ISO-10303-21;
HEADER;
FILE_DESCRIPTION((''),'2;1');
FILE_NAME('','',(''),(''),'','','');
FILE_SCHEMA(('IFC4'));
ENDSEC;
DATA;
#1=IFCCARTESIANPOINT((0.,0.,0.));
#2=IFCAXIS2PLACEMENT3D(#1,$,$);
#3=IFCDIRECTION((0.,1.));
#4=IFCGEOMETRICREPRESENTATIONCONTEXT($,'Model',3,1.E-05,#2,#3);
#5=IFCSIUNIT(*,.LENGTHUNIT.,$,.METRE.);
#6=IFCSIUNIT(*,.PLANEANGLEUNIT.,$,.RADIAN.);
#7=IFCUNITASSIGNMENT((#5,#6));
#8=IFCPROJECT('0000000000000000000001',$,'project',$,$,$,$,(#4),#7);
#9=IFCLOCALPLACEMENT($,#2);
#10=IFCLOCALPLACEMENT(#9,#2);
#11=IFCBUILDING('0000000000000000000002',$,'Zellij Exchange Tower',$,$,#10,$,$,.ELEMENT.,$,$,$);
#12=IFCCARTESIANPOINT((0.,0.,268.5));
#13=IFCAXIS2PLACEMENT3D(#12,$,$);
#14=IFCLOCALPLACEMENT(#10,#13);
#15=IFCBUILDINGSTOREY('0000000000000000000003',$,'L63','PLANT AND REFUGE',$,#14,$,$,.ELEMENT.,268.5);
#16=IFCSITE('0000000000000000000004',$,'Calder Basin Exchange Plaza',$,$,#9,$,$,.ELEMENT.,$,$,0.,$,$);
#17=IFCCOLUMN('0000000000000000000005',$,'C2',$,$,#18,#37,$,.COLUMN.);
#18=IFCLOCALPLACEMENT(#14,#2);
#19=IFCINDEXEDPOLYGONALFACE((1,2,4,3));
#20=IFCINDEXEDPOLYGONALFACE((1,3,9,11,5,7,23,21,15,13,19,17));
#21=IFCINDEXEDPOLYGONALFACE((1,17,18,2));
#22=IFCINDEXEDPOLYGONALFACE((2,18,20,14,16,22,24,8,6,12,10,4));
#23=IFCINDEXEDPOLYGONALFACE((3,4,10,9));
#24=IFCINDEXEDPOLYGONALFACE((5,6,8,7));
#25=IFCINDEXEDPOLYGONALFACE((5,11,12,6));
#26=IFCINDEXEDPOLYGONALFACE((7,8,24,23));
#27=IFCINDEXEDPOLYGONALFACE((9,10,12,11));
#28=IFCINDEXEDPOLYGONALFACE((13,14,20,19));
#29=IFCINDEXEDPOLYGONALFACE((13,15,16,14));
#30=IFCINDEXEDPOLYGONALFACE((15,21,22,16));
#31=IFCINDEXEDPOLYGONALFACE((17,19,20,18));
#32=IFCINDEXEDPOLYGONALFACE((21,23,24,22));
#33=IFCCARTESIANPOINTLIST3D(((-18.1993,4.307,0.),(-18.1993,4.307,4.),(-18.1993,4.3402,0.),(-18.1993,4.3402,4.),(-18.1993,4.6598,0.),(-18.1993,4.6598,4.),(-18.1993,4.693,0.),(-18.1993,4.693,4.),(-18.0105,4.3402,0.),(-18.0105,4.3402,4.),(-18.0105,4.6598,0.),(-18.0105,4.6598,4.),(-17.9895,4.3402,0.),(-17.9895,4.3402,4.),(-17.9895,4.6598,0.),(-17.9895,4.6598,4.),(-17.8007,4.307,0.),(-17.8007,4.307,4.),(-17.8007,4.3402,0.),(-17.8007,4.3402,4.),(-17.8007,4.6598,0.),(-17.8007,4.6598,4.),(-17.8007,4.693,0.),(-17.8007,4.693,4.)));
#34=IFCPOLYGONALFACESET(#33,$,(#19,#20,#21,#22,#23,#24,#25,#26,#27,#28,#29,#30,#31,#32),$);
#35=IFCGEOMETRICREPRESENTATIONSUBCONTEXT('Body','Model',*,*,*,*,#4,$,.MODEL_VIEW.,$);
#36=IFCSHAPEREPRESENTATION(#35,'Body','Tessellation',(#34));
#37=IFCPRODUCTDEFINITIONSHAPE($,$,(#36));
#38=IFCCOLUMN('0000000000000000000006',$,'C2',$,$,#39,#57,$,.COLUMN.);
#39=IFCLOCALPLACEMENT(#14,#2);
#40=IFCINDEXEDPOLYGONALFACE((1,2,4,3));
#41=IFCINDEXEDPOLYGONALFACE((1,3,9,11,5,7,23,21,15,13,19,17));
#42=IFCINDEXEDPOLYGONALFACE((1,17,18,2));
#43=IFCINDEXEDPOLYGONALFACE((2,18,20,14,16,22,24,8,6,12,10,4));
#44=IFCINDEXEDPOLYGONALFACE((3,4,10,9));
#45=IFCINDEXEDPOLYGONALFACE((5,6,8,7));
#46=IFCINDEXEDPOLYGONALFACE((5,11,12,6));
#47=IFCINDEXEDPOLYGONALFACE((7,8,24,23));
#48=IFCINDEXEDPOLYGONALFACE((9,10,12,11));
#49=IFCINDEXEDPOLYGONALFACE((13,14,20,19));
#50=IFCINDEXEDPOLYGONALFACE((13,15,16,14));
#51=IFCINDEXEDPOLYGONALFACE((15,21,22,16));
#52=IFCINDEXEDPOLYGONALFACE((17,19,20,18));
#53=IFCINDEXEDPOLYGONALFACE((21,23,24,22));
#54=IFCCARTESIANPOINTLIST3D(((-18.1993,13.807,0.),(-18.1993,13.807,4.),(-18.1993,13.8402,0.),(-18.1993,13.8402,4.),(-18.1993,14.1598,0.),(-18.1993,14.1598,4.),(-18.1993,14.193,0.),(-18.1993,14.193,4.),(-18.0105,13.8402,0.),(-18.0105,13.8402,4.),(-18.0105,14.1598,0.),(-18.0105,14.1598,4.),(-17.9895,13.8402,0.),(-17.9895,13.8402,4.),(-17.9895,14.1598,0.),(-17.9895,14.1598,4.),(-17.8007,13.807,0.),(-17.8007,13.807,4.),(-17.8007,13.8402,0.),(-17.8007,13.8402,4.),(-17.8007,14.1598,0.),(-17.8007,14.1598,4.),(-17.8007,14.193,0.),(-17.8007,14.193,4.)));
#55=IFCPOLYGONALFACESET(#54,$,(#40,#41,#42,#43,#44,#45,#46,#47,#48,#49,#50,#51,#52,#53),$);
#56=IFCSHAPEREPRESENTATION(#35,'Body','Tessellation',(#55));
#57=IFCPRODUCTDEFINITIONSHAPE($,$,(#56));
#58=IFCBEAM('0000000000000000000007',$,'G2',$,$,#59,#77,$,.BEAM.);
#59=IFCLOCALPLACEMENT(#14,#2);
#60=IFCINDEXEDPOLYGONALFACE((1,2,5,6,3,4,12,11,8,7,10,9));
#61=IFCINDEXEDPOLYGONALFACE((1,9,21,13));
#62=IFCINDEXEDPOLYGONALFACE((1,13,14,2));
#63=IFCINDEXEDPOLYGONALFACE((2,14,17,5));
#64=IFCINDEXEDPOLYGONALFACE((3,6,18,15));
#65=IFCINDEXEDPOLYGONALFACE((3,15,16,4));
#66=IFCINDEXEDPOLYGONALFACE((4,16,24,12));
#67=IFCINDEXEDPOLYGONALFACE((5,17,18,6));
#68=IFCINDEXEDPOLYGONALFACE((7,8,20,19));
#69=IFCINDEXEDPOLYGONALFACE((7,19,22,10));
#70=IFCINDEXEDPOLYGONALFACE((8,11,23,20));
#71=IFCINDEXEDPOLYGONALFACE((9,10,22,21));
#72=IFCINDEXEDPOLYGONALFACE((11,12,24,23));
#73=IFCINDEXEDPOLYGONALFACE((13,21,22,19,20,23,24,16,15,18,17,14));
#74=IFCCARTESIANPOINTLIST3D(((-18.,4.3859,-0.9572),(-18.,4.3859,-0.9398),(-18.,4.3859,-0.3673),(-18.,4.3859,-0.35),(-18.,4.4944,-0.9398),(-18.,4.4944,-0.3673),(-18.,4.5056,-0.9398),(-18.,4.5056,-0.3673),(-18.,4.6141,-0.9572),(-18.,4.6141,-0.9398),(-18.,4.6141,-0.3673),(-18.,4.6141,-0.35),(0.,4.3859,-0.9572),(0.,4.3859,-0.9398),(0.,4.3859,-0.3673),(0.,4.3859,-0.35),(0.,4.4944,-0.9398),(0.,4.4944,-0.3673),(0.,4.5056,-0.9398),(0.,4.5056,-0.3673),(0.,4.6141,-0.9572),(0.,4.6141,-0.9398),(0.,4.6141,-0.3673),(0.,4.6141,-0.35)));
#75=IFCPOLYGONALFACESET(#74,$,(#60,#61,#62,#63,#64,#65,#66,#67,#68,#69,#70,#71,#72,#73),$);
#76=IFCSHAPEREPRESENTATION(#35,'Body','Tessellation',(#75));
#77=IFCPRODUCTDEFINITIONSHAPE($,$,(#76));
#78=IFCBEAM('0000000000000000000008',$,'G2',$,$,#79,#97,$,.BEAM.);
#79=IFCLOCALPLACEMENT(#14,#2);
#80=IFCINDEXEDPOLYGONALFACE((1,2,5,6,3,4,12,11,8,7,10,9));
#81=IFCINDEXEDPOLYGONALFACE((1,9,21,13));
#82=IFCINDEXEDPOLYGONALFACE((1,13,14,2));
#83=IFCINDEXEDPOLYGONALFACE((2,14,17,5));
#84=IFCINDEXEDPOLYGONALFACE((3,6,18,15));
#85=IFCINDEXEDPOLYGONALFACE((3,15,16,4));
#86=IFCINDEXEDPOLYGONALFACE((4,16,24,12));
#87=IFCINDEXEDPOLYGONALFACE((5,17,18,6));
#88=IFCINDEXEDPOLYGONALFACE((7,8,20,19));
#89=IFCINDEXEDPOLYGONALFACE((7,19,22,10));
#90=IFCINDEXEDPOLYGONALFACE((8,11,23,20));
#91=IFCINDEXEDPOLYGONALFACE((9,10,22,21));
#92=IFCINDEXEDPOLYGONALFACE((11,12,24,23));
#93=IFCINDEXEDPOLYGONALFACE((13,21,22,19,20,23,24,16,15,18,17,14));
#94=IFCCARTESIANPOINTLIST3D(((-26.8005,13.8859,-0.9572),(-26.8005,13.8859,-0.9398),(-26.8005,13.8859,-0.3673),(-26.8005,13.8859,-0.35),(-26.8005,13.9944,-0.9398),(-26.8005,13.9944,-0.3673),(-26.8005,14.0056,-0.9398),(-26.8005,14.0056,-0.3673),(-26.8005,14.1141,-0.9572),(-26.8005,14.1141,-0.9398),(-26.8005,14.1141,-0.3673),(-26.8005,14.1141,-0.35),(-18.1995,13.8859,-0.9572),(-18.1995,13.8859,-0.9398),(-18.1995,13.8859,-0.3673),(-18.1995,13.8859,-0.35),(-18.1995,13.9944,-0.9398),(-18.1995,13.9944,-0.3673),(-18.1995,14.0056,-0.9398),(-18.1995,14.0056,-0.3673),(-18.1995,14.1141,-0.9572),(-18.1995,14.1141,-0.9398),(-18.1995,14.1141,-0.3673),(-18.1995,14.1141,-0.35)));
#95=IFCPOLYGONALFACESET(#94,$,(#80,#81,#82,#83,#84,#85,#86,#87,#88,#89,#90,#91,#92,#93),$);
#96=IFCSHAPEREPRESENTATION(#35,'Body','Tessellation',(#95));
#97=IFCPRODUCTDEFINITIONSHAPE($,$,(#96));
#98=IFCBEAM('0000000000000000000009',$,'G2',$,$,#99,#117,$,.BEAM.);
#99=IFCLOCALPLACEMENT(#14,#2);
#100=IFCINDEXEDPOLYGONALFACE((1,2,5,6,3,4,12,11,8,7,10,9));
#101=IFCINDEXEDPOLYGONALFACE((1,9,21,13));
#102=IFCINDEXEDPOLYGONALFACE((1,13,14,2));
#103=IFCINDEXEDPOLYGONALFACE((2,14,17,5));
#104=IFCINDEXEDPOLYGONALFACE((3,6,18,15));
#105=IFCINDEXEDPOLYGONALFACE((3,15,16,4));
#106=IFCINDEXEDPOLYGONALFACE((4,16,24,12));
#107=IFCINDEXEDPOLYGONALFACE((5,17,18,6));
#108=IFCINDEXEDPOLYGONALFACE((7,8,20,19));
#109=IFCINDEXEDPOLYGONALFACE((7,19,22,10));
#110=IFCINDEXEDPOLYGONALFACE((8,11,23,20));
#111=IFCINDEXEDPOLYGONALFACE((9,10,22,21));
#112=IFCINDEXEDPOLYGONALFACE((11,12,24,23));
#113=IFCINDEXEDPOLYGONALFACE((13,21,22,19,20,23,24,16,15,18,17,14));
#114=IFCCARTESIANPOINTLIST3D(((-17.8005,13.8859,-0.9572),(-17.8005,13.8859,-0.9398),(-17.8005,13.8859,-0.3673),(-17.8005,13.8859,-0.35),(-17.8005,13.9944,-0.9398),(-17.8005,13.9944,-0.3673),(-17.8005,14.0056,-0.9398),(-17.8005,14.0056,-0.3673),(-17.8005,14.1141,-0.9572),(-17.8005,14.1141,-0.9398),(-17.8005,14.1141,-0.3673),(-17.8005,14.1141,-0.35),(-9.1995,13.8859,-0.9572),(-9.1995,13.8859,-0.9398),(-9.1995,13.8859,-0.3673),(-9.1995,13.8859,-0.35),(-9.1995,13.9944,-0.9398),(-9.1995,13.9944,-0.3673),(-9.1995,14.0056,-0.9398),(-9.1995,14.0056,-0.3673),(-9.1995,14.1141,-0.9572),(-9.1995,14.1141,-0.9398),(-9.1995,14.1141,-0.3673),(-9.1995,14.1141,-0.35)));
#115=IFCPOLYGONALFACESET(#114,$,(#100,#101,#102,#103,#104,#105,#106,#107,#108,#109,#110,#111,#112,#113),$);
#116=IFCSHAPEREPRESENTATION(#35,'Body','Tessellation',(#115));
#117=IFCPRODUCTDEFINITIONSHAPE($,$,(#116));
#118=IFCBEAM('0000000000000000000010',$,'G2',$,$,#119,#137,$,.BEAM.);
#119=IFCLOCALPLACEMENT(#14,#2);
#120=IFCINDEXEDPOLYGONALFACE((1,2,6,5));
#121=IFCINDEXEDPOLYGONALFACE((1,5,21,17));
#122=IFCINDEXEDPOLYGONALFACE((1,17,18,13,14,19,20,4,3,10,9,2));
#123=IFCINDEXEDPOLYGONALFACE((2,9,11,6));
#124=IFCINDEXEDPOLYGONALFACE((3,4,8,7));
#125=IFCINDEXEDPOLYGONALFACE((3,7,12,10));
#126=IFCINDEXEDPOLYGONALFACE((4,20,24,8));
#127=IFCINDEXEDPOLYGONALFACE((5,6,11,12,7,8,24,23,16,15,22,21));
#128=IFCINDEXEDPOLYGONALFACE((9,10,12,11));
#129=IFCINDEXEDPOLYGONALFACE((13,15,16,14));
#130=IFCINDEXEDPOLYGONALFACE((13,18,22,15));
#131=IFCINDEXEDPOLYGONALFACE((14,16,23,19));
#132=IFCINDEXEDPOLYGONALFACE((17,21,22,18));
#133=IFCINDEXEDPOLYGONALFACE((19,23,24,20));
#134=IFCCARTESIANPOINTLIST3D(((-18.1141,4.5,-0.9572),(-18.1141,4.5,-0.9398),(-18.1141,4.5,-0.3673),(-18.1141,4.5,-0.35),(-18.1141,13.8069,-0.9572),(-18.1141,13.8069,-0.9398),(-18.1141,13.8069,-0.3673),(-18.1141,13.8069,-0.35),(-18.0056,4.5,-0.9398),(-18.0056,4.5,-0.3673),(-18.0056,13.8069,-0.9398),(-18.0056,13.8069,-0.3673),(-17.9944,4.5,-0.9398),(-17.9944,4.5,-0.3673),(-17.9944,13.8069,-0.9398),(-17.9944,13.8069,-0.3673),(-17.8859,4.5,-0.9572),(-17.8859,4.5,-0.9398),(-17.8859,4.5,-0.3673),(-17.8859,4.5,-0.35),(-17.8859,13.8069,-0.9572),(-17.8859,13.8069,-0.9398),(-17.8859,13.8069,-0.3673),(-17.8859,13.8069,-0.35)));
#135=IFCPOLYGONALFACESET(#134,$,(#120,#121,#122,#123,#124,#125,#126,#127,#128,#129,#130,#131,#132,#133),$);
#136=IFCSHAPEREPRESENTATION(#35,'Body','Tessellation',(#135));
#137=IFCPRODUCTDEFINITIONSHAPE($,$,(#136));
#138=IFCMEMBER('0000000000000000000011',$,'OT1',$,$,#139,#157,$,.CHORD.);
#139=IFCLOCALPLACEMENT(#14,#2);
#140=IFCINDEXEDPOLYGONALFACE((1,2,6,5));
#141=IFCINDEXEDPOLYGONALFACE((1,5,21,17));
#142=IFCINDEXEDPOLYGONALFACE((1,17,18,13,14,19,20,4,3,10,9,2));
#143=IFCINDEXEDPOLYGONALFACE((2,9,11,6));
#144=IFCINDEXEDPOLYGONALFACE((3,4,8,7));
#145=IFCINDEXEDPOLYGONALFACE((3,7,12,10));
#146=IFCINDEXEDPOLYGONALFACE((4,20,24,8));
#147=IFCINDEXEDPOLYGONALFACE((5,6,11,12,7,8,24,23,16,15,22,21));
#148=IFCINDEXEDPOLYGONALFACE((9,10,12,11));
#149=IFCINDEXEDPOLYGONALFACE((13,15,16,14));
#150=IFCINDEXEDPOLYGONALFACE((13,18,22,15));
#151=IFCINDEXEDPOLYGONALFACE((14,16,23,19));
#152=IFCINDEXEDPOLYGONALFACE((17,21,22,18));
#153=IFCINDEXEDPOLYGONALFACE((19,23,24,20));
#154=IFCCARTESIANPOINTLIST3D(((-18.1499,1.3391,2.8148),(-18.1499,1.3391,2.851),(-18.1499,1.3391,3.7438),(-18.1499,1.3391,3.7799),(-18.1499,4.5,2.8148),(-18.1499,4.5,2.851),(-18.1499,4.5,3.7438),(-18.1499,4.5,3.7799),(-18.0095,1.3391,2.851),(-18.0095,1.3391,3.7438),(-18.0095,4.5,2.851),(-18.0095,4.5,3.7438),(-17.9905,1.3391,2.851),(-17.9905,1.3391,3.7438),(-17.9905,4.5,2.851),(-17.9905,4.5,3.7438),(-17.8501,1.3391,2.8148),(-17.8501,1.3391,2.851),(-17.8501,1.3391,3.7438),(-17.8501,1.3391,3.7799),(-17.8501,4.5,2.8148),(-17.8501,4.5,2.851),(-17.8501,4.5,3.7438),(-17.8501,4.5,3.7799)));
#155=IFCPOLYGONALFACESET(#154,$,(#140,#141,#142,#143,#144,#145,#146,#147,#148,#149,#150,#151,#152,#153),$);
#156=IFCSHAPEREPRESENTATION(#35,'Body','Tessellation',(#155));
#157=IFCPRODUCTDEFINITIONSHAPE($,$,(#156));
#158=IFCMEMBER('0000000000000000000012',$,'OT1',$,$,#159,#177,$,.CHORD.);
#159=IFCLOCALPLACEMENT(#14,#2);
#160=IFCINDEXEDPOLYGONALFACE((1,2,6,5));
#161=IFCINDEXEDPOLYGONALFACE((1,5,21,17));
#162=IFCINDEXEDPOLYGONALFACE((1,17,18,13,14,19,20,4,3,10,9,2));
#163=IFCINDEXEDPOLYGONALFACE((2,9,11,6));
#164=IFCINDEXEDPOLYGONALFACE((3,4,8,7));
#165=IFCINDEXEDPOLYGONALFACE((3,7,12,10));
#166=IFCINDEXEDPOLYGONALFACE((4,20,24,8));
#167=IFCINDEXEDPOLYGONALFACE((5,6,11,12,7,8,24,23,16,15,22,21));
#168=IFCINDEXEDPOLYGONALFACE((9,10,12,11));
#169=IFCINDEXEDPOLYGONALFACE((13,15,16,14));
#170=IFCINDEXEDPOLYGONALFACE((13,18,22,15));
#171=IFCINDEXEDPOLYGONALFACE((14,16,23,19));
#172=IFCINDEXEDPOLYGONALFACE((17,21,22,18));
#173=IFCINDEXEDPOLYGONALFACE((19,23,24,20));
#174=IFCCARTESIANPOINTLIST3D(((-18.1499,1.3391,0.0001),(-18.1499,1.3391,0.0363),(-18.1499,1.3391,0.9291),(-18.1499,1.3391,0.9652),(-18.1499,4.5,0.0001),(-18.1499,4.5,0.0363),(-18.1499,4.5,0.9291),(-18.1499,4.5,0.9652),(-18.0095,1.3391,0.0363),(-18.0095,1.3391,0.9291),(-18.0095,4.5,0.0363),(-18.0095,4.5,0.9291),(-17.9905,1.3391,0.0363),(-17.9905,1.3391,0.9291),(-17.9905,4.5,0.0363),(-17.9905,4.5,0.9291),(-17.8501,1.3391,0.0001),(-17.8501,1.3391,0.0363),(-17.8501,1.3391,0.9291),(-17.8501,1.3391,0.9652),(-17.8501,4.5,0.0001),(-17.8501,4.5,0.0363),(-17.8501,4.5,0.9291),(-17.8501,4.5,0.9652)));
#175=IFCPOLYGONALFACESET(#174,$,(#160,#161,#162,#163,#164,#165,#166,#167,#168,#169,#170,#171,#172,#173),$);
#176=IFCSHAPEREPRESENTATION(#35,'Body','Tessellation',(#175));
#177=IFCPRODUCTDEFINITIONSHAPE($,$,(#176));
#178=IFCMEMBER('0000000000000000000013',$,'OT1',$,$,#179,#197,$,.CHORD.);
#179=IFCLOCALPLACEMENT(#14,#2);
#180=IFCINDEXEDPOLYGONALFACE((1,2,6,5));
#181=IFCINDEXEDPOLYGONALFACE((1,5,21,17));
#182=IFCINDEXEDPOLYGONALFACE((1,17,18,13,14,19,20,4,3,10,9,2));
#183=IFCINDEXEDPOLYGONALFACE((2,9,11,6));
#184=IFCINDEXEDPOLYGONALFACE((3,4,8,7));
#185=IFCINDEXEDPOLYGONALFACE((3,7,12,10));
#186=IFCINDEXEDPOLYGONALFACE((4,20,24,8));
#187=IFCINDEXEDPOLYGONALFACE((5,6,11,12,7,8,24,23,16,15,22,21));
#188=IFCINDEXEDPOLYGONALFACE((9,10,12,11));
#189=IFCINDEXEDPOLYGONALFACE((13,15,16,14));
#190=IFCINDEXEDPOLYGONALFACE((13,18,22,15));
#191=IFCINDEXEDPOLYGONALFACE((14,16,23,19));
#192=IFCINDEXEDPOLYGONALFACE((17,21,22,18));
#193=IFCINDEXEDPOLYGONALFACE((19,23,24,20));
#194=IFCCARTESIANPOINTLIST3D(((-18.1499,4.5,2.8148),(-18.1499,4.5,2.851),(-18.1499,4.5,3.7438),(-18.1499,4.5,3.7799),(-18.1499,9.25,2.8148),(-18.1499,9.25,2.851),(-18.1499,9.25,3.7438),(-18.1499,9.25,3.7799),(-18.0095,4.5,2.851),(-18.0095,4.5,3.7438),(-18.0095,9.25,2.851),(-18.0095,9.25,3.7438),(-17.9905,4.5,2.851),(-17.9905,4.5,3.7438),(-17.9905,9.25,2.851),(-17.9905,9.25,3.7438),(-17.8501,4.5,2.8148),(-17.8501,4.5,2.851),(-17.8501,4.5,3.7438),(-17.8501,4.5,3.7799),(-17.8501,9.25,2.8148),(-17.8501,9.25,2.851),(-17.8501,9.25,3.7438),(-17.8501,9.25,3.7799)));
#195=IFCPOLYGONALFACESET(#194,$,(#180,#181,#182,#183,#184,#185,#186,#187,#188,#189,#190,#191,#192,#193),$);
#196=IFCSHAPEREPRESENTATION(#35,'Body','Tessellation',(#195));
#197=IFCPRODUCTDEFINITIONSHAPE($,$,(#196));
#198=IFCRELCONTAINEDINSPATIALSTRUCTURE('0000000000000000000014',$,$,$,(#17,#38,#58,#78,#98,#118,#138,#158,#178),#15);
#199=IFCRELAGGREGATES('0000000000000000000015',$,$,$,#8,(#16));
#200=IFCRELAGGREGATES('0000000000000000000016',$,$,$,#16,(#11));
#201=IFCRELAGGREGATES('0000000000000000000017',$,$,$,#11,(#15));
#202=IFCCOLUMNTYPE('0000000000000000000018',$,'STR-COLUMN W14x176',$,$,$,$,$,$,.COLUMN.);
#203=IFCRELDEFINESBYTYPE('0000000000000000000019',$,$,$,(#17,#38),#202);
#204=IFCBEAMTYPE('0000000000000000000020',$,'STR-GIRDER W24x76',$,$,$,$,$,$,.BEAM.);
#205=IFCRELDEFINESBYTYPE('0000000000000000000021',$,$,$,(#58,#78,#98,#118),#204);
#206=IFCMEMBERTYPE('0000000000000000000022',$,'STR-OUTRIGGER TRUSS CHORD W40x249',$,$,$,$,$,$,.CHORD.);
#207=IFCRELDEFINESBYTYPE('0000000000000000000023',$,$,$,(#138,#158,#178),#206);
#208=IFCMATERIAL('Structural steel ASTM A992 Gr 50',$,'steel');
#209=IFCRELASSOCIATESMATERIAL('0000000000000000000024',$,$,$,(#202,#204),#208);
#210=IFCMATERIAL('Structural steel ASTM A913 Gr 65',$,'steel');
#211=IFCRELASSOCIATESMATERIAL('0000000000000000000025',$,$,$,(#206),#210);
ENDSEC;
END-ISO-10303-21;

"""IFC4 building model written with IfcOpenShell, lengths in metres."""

from ifc_helpers import new_model, si_unit, direction, frame, origin, origin_2d, place, context, subcontext, project, spatial, i_section, extrude, material, material_profile, profile_set, type_object, element, save


model = new_model("IFC4")

# Units and contexts
model_context = context("Model", 3, precision=1e-05, world=origin(), true_north=direction((0.0, 1.0)))
body_context = subcontext(model_context, "Body", "Model", "MODEL_VIEW")
ifc_project = project(units=[si_unit("LENGTHUNIT", "METRE"), si_unit("PLANEANGLEUNIT", "RADIAN")], contexts=[model_context])

# Site, building, storey
site_placement = place(None, origin())
site = spatial("IfcSite", under=ifc_project, at=site_placement, Name="Calder Basin Exchange Plaza", CompositionType="ELEMENT", RefElevation=0.0)
building_placement = place(site_placement, origin())
building = spatial("IfcBuilding", under=site, at=building_placement, Name="Zellij Exchange Tower", CompositionType="ELEMENT")
storey_placement = place(building_placement, frame((0.0, 0.0, 268.5)))
storey = spatial("IfcBuildingStorey", under=building, at=storey_placement, Name="L63", Description="PLANT AND REFUGE", CompositionType="ELEMENT", Elevation=268.5)

# Columns
ifc_material_1 = material(Name="Structural steel ASTM A992 Gr 50", Category="steel")
ifc_material_profile_1 = material_profile(ifc_material_1, i_section(OverallWidth=0.3987, OverallDepth=0.386, WebThickness=0.021, FlangeThickness=0.0332, at=origin_2d()), Name="W14x176")
ifc_profile_set_1 = profile_set([ifc_material_profile_1], Name="Structural steel ASTM A992 Gr 50")
column_type = type_object("IfcColumnType", Name="STR-COLUMN W14x176", PredefinedType="COLUMN", material=ifc_profile_set_1)
for number, where, z_axis, x_axis, name in (
    (1, (-18.0, 4.5, 0.0), (0.0, 0.0, 1.0), (1.0, 0.0, 0.0), "C2"),
    (2, (-18.0, 14.0, 0.0), (0.0, 0.0, 1.0), (1.0, 0.0, 0.0), "C2"),
):
    element("IfcColumn", number, at=place(storey_placement, frame(where, z_axis=z_axis, x_axis=x_axis)), inside=storey, type_object=column_type, Name=name, PredefinedType="COLUMN", context=body_context, shape_type="SweptSolid", body=[
        extrude(i_section(OverallWidth=0.3987, OverallDepth=0.386, WebThickness=0.021, FlangeThickness=0.0332, at=origin_2d()), origin(), (0.0, 0.0, 1.0), 4.0),
    ])

# Beams
ifc_material_profile_2 = material_profile(ifc_material_1, i_section(OverallWidth=0.2283, OverallDepth=0.6072, WebThickness=0.0112, FlangeThickness=0.0173, at=origin_2d()), Name="W24x76")
ifc_profile_set_2 = profile_set([ifc_material_profile_2], Name="Structural steel ASTM A992 Gr 50")
beam_type = type_object("IfcBeamType", Name="STR-GIRDER W24x76", PredefinedType="BEAM", material=ifc_profile_set_2)
beam_1_placement = place(storey_placement, frame((-18.0, 4.5, -0.6536), z_axis=(1.0, 0.0, 0.0), x_axis=(0.0, 1.0, 0.0)))
element("IfcBeam", 3, at=beam_1_placement, inside=storey, type_object=beam_type, Name="G2", PredefinedType="BEAM", context=body_context, shape_type="SweptSolid", body=[
    extrude(i_section(OverallWidth=0.2283, OverallDepth=0.6072, WebThickness=0.0112, FlangeThickness=0.0173, at=origin_2d()), origin(), (0.0, 0.0, 1.0), 18.0),
])
for number, where, z_axis, x_axis, name in (
    (4, (-26.8005, 14.0, -0.6536), (1.0, 0.0, 0.0), (0.0, 1.0, 0.0), "G2"),
    (5, (-17.8005, 14.0, -0.6536), (1.0, 0.0, 0.0), (0.0, 1.0, 0.0), "G2"),
):
    element("IfcBeam", number, at=place(storey_placement, frame(where, z_axis=z_axis, x_axis=x_axis)), inside=storey, type_object=beam_type, Name=name, PredefinedType="BEAM", context=body_context, shape_type="SweptSolid", body=[
        extrude(i_section(OverallWidth=0.2283, OverallDepth=0.6072, WebThickness=0.0112, FlangeThickness=0.0173, at=origin_2d()), origin(), (0.0, 0.0, 1.0), 8.6011),
    ])
beam_2_placement = place(storey_placement, frame((-18.0, 4.5, -0.6536), z_axis=(0.0, 1.0, 0.0), x_axis=(-1.0, 0.0, 0.0)))
element("IfcBeam", 6, at=beam_2_placement, inside=storey, type_object=beam_type, Name="G2", PredefinedType="BEAM", context=body_context, shape_type="SweptSolid", body=[
    extrude(i_section(OverallWidth=0.2283, OverallDepth=0.6072, WebThickness=0.0112, FlangeThickness=0.0173, at=origin_2d()), origin(), (0.0, 0.0, 1.0), 9.3069),
])

# Members
ifc_material_2 = material(Name="Structural steel ASTM A913 Gr 65", Category="steel")
ifc_material_profile_3 = material_profile(ifc_material_2, i_section(OverallWidth=0.2998, OverallDepth=0.9651, WebThickness=0.019, FlangeThickness=0.0361, at=origin_2d()), Name="W40x249")
ifc_profile_set_3 = profile_set([ifc_material_profile_3], Name="Structural steel ASTM A913 Gr 65")
member_type_1 = type_object("IfcMemberType", Name="STR-OUTRIGGER TRUSS CHORD W40x249", PredefinedType="CHORD", material=ifc_profile_set_3)
for number, where, z_axis, x_axis, name in (
    (7, (-18.0, 1.3391, 3.2974), (0.0, 1.0, 0.0), (-1.0, 0.0, 0.0), "OT1"),
    (8, (-18.0, 1.3391, 0.4827), (0.0, 1.0, 0.0), (-1.0, 0.0, 0.0), "OT1"),
):
    element("IfcMember", number, at=place(storey_placement, frame(where, z_axis=z_axis, x_axis=x_axis)), inside=storey, type_object=member_type_1, Name=name, PredefinedType="CHORD", context=body_context, shape_type="SweptSolid", body=[
        extrude(i_section(OverallWidth=0.2998, OverallDepth=0.9651, WebThickness=0.019, FlangeThickness=0.0361, at=origin_2d()), origin(), (0.0, 0.0, 1.0), 3.1609),
    ])
for number, where, z_axis, x_axis, name in (
    (9, (-18.0, 4.5, 3.2974), (0.0, 1.0, 0.0), (-1.0, 0.0, 0.0), "OT1"),
):
    element("IfcMember", number, at=place(storey_placement, frame(where, z_axis=z_axis, x_axis=x_axis)), inside=storey, type_object=member_type_1, Name=name, PredefinedType="CHORD", context=body_context, shape_type="SweptSolid", body=[
        extrude(i_section(OverallWidth=0.2998, OverallDepth=0.9651, WebThickness=0.019, FlangeThickness=0.0361, at=origin_2d()), origin(), (0.0, 0.0, 1.0), 4.75),
    ])

save(model, "model.ifc")
